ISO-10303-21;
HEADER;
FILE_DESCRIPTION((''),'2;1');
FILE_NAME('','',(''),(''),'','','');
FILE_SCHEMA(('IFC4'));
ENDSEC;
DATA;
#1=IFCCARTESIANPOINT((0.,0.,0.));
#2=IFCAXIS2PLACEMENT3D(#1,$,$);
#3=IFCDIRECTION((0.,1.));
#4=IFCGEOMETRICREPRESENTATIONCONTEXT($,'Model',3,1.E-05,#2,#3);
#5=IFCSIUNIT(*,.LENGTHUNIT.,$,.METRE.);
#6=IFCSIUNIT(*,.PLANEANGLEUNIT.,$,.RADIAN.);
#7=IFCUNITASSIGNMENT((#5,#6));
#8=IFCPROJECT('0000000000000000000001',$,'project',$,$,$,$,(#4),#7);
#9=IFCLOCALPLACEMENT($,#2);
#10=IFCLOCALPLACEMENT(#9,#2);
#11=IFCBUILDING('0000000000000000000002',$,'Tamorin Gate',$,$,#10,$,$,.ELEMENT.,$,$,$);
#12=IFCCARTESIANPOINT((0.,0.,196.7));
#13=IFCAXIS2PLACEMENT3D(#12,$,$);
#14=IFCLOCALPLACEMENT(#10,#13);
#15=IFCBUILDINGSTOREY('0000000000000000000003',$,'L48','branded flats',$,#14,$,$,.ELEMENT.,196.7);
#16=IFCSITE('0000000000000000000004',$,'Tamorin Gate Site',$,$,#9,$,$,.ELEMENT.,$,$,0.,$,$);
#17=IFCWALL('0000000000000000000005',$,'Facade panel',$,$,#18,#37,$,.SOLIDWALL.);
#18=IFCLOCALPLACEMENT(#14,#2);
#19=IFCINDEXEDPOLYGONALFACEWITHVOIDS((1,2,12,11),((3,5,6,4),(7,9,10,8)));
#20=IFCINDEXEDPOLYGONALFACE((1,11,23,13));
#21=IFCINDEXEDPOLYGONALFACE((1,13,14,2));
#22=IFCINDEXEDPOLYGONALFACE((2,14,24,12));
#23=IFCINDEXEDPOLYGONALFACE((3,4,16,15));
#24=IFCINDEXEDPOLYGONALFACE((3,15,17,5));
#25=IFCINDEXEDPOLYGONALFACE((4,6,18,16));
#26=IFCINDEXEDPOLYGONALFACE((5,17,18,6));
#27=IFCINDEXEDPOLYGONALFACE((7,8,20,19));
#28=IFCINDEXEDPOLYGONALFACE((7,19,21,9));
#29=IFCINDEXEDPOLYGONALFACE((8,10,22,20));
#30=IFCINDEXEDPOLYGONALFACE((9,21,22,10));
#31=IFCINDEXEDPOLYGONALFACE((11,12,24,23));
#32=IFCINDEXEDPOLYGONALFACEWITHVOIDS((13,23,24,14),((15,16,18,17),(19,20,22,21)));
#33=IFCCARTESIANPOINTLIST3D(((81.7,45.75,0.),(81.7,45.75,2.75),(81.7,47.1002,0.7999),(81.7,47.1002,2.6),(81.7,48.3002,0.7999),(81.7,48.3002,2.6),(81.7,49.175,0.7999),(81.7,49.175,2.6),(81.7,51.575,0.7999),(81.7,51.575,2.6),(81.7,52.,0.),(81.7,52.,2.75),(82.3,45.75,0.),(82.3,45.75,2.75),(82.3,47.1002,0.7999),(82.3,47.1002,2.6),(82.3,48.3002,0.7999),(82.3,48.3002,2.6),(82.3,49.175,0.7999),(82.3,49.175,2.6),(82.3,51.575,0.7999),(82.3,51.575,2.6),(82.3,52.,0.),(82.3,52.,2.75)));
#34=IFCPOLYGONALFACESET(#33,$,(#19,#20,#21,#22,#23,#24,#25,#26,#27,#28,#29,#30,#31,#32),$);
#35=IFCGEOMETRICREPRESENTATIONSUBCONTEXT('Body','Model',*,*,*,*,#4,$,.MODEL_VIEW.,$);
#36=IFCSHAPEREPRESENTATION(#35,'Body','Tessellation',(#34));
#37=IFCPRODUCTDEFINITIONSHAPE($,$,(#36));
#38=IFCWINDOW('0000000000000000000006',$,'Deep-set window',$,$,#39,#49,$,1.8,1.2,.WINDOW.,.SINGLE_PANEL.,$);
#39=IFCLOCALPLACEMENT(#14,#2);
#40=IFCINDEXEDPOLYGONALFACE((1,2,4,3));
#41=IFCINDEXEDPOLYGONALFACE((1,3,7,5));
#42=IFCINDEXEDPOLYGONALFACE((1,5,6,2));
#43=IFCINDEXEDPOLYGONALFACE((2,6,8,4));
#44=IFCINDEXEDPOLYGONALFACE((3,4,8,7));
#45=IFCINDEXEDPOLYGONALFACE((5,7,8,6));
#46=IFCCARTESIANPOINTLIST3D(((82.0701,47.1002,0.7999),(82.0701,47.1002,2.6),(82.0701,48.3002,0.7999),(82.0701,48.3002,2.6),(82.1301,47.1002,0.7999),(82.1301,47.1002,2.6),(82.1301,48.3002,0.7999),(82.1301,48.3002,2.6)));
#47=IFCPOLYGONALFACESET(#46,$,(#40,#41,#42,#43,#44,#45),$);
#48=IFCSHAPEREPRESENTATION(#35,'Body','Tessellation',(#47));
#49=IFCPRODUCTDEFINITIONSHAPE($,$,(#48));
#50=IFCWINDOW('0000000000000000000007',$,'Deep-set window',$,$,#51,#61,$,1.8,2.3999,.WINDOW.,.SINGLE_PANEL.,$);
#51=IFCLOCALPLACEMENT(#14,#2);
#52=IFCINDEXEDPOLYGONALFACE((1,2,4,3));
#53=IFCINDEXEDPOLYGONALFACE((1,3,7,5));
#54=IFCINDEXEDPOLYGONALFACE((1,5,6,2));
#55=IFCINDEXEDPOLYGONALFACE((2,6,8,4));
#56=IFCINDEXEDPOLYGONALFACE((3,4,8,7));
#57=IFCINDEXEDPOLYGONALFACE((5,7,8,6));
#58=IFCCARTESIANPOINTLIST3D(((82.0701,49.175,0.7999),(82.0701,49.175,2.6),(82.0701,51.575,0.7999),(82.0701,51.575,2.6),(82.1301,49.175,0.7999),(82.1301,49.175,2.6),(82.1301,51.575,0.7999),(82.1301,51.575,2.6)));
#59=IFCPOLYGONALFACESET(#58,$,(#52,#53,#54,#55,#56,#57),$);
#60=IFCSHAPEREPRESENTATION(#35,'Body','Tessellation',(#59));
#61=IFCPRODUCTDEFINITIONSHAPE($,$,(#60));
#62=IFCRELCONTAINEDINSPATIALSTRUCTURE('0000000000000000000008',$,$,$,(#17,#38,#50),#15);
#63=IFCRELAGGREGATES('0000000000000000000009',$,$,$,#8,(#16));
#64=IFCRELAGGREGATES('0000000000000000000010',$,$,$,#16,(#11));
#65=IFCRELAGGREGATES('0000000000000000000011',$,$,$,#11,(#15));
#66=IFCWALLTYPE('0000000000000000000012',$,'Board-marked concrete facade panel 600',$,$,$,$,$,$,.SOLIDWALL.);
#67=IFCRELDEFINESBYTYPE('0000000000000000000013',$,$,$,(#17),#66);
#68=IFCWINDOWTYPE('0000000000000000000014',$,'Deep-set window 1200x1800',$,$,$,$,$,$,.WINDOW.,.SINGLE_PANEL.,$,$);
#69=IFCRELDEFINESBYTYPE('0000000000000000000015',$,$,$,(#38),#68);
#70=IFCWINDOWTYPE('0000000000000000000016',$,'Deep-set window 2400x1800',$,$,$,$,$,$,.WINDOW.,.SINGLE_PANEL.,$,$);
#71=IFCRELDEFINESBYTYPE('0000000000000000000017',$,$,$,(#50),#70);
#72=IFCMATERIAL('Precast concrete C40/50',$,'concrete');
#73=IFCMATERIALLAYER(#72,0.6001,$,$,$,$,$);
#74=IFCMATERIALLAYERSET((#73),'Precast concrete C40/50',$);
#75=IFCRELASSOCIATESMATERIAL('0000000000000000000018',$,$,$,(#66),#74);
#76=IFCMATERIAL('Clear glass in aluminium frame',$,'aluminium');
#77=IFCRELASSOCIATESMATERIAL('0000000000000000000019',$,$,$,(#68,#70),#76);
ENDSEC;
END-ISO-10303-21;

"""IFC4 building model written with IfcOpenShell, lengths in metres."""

from ifc_helpers import new_model, si_unit, direction, frame, frame_2d, origin, place, context, subcontext, project, spatial, rectangle, extrude, material, layer, layer_set, type_object, element, fill, save


model = new_model("IFC4")

# Units and contexts
model_context = context("Model", 3, precision=1e-05, world=origin(), true_north=direction((0.0, 1.0)))
body_context = subcontext(model_context, "Body", "Model", "MODEL_VIEW")
ifc_project = project(units=[si_unit("LENGTHUNIT", "METRE"), si_unit("PLANEANGLEUNIT", "RADIAN")], contexts=[model_context])

# Site, building, storey
site_placement = place(None, origin())
site = spatial("IfcSite", under=ifc_project, at=site_placement, Name="Tamorin Gate Site", CompositionType="ELEMENT", RefElevation=0.0)
building_placement = place(site_placement, origin())
building = spatial("IfcBuilding", under=site, at=building_placement, Name="Tamorin Gate", CompositionType="ELEMENT")
storey_placement = place(building_placement, frame((0.0, 0.0, 196.7)))
storey = spatial("IfcBuildingStorey", under=building, at=storey_placement, Name="L48", Description="branded flats", CompositionType="ELEMENT", Elevation=196.7)

# Shared definitions
ifc_material_1 = material(Name="Precast concrete C40/50", Category="concrete")
ifc_layer = layer(ifc_material_1, 0.6001)
ifc_layer_set = layer_set([ifc_layer], Name="Precast concrete C40/50")
wall_type = type_object("IfcWallType", Name="Board-marked concrete facade panel 600", PredefinedType="SOLIDWALL", material=ifc_layer_set)
ifc_material_2 = material(Name="Clear glass in aluminium frame", Category="aluminium")
window_type_1 = type_object("IfcWindowType", Name="Deep-set window 1200x1800", PartitioningType="SINGLE_PANEL", PredefinedType="WINDOW", material=ifc_material_2)
window_type_2 = type_object("IfcWindowType", Name="Deep-set window 2400x1800", PartitioningType="SINGLE_PANEL", PredefinedType="WINDOW", material=ifc_material_2)

# Wall, openings, windows
wall_1_placement = place(storey_placement, frame((82.0, 45.75, 0.0), z_axis=(0.0, 0.0, 1.0), x_axis=(0.0, 1.0, 0.0)))
wall_1 = element("IfcWall", 1, at=wall_1_placement, inside=storey, type_object=wall_type, Name="Facade panel", PredefinedType="SOLIDWALL", context=body_context, shape_type="SweptSolid", body=[
    extrude(rectangle(XDim=6.25, YDim=0.6001, at=frame_2d((3.125, 0.0))), origin(), (0.0, 0.0, 1.0), 2.75),
])
opening_1_placement = place(wall_1_placement, frame((1.3501, 0.0, 0.8)))
opening_1 = element("IfcOpeningElement", 2, at=opening_1_placement, cuts=wall_1, PredefinedType="OPENING", context=body_context, shape_type="SweptSolid", body=[
    extrude(rectangle(XDim=1.2, YDim=1.8, at=frame_2d((0.6001, 0.8999))), frame((0.0, 0.3101, 0.0), z_axis=(0.0, -1.0, 0.0), x_axis=(1.0, 0.0, 0.0)), (0.0, 0.0, 1.0), 0.6201),
])
opening_2_placement = place(wall_1_placement, frame((3.425, 0.0, 0.8)))
opening_2 = element("IfcOpeningElement", 3, at=opening_2_placement, cuts=wall_1, PredefinedType="OPENING", context=body_context, shape_type="SweptSolid", body=[
    extrude(rectangle(XDim=2.3999, YDim=1.8, at=frame_2d((1.2, 0.8999))), frame((0.0, 0.3101, 0.0), z_axis=(0.0, -1.0, 0.0), x_axis=(1.0, 0.0, 0.0)), (0.0, 0.0, 1.0), 0.6201),
])
window_1_placement = place(opening_1_placement, origin())
window_1 = element("IfcWindow", 4, at=window_1_placement, inside=storey, type_object=window_type_1, Name="Deep-set window", OverallHeight=1.8, OverallWidth=1.2, PartitioningType="SINGLE_PANEL", PredefinedType="WINDOW", context=body_context, shape_type="SweptSolid", body=[
    extrude(rectangle(XDim=1.2, YDim=1.8, at=frame_2d((0.6001, 0.8999))), frame((0.0, -0.0701, 0.0), z_axis=(0.0, -1.0, 0.0), x_axis=(1.0, 0.0, 0.0)), (0.0, 0.0, 1.0), 0.0601),
])
fill(opening_1, window_1)
window_2_placement = place(opening_2_placement, origin())
window_2 = element("IfcWindow", 5, at=window_2_placement, inside=storey, type_object=window_type_2, Name="Deep-set window", OverallHeight=1.8, OverallWidth=2.3999, PartitioningType="SINGLE_PANEL", PredefinedType="WINDOW", context=body_context, shape_type="SweptSolid", body=[
    extrude(rectangle(XDim=2.3999, YDim=1.8, at=frame_2d((1.2, 0.8999))), frame((0.0, -0.0701, 0.0), z_axis=(0.0, -1.0, 0.0), x_axis=(1.0, 0.0, 0.0)), (0.0, 0.0, 1.0), 0.0601),
])
fill(opening_2, window_2)

save(model, "model.ifc")
